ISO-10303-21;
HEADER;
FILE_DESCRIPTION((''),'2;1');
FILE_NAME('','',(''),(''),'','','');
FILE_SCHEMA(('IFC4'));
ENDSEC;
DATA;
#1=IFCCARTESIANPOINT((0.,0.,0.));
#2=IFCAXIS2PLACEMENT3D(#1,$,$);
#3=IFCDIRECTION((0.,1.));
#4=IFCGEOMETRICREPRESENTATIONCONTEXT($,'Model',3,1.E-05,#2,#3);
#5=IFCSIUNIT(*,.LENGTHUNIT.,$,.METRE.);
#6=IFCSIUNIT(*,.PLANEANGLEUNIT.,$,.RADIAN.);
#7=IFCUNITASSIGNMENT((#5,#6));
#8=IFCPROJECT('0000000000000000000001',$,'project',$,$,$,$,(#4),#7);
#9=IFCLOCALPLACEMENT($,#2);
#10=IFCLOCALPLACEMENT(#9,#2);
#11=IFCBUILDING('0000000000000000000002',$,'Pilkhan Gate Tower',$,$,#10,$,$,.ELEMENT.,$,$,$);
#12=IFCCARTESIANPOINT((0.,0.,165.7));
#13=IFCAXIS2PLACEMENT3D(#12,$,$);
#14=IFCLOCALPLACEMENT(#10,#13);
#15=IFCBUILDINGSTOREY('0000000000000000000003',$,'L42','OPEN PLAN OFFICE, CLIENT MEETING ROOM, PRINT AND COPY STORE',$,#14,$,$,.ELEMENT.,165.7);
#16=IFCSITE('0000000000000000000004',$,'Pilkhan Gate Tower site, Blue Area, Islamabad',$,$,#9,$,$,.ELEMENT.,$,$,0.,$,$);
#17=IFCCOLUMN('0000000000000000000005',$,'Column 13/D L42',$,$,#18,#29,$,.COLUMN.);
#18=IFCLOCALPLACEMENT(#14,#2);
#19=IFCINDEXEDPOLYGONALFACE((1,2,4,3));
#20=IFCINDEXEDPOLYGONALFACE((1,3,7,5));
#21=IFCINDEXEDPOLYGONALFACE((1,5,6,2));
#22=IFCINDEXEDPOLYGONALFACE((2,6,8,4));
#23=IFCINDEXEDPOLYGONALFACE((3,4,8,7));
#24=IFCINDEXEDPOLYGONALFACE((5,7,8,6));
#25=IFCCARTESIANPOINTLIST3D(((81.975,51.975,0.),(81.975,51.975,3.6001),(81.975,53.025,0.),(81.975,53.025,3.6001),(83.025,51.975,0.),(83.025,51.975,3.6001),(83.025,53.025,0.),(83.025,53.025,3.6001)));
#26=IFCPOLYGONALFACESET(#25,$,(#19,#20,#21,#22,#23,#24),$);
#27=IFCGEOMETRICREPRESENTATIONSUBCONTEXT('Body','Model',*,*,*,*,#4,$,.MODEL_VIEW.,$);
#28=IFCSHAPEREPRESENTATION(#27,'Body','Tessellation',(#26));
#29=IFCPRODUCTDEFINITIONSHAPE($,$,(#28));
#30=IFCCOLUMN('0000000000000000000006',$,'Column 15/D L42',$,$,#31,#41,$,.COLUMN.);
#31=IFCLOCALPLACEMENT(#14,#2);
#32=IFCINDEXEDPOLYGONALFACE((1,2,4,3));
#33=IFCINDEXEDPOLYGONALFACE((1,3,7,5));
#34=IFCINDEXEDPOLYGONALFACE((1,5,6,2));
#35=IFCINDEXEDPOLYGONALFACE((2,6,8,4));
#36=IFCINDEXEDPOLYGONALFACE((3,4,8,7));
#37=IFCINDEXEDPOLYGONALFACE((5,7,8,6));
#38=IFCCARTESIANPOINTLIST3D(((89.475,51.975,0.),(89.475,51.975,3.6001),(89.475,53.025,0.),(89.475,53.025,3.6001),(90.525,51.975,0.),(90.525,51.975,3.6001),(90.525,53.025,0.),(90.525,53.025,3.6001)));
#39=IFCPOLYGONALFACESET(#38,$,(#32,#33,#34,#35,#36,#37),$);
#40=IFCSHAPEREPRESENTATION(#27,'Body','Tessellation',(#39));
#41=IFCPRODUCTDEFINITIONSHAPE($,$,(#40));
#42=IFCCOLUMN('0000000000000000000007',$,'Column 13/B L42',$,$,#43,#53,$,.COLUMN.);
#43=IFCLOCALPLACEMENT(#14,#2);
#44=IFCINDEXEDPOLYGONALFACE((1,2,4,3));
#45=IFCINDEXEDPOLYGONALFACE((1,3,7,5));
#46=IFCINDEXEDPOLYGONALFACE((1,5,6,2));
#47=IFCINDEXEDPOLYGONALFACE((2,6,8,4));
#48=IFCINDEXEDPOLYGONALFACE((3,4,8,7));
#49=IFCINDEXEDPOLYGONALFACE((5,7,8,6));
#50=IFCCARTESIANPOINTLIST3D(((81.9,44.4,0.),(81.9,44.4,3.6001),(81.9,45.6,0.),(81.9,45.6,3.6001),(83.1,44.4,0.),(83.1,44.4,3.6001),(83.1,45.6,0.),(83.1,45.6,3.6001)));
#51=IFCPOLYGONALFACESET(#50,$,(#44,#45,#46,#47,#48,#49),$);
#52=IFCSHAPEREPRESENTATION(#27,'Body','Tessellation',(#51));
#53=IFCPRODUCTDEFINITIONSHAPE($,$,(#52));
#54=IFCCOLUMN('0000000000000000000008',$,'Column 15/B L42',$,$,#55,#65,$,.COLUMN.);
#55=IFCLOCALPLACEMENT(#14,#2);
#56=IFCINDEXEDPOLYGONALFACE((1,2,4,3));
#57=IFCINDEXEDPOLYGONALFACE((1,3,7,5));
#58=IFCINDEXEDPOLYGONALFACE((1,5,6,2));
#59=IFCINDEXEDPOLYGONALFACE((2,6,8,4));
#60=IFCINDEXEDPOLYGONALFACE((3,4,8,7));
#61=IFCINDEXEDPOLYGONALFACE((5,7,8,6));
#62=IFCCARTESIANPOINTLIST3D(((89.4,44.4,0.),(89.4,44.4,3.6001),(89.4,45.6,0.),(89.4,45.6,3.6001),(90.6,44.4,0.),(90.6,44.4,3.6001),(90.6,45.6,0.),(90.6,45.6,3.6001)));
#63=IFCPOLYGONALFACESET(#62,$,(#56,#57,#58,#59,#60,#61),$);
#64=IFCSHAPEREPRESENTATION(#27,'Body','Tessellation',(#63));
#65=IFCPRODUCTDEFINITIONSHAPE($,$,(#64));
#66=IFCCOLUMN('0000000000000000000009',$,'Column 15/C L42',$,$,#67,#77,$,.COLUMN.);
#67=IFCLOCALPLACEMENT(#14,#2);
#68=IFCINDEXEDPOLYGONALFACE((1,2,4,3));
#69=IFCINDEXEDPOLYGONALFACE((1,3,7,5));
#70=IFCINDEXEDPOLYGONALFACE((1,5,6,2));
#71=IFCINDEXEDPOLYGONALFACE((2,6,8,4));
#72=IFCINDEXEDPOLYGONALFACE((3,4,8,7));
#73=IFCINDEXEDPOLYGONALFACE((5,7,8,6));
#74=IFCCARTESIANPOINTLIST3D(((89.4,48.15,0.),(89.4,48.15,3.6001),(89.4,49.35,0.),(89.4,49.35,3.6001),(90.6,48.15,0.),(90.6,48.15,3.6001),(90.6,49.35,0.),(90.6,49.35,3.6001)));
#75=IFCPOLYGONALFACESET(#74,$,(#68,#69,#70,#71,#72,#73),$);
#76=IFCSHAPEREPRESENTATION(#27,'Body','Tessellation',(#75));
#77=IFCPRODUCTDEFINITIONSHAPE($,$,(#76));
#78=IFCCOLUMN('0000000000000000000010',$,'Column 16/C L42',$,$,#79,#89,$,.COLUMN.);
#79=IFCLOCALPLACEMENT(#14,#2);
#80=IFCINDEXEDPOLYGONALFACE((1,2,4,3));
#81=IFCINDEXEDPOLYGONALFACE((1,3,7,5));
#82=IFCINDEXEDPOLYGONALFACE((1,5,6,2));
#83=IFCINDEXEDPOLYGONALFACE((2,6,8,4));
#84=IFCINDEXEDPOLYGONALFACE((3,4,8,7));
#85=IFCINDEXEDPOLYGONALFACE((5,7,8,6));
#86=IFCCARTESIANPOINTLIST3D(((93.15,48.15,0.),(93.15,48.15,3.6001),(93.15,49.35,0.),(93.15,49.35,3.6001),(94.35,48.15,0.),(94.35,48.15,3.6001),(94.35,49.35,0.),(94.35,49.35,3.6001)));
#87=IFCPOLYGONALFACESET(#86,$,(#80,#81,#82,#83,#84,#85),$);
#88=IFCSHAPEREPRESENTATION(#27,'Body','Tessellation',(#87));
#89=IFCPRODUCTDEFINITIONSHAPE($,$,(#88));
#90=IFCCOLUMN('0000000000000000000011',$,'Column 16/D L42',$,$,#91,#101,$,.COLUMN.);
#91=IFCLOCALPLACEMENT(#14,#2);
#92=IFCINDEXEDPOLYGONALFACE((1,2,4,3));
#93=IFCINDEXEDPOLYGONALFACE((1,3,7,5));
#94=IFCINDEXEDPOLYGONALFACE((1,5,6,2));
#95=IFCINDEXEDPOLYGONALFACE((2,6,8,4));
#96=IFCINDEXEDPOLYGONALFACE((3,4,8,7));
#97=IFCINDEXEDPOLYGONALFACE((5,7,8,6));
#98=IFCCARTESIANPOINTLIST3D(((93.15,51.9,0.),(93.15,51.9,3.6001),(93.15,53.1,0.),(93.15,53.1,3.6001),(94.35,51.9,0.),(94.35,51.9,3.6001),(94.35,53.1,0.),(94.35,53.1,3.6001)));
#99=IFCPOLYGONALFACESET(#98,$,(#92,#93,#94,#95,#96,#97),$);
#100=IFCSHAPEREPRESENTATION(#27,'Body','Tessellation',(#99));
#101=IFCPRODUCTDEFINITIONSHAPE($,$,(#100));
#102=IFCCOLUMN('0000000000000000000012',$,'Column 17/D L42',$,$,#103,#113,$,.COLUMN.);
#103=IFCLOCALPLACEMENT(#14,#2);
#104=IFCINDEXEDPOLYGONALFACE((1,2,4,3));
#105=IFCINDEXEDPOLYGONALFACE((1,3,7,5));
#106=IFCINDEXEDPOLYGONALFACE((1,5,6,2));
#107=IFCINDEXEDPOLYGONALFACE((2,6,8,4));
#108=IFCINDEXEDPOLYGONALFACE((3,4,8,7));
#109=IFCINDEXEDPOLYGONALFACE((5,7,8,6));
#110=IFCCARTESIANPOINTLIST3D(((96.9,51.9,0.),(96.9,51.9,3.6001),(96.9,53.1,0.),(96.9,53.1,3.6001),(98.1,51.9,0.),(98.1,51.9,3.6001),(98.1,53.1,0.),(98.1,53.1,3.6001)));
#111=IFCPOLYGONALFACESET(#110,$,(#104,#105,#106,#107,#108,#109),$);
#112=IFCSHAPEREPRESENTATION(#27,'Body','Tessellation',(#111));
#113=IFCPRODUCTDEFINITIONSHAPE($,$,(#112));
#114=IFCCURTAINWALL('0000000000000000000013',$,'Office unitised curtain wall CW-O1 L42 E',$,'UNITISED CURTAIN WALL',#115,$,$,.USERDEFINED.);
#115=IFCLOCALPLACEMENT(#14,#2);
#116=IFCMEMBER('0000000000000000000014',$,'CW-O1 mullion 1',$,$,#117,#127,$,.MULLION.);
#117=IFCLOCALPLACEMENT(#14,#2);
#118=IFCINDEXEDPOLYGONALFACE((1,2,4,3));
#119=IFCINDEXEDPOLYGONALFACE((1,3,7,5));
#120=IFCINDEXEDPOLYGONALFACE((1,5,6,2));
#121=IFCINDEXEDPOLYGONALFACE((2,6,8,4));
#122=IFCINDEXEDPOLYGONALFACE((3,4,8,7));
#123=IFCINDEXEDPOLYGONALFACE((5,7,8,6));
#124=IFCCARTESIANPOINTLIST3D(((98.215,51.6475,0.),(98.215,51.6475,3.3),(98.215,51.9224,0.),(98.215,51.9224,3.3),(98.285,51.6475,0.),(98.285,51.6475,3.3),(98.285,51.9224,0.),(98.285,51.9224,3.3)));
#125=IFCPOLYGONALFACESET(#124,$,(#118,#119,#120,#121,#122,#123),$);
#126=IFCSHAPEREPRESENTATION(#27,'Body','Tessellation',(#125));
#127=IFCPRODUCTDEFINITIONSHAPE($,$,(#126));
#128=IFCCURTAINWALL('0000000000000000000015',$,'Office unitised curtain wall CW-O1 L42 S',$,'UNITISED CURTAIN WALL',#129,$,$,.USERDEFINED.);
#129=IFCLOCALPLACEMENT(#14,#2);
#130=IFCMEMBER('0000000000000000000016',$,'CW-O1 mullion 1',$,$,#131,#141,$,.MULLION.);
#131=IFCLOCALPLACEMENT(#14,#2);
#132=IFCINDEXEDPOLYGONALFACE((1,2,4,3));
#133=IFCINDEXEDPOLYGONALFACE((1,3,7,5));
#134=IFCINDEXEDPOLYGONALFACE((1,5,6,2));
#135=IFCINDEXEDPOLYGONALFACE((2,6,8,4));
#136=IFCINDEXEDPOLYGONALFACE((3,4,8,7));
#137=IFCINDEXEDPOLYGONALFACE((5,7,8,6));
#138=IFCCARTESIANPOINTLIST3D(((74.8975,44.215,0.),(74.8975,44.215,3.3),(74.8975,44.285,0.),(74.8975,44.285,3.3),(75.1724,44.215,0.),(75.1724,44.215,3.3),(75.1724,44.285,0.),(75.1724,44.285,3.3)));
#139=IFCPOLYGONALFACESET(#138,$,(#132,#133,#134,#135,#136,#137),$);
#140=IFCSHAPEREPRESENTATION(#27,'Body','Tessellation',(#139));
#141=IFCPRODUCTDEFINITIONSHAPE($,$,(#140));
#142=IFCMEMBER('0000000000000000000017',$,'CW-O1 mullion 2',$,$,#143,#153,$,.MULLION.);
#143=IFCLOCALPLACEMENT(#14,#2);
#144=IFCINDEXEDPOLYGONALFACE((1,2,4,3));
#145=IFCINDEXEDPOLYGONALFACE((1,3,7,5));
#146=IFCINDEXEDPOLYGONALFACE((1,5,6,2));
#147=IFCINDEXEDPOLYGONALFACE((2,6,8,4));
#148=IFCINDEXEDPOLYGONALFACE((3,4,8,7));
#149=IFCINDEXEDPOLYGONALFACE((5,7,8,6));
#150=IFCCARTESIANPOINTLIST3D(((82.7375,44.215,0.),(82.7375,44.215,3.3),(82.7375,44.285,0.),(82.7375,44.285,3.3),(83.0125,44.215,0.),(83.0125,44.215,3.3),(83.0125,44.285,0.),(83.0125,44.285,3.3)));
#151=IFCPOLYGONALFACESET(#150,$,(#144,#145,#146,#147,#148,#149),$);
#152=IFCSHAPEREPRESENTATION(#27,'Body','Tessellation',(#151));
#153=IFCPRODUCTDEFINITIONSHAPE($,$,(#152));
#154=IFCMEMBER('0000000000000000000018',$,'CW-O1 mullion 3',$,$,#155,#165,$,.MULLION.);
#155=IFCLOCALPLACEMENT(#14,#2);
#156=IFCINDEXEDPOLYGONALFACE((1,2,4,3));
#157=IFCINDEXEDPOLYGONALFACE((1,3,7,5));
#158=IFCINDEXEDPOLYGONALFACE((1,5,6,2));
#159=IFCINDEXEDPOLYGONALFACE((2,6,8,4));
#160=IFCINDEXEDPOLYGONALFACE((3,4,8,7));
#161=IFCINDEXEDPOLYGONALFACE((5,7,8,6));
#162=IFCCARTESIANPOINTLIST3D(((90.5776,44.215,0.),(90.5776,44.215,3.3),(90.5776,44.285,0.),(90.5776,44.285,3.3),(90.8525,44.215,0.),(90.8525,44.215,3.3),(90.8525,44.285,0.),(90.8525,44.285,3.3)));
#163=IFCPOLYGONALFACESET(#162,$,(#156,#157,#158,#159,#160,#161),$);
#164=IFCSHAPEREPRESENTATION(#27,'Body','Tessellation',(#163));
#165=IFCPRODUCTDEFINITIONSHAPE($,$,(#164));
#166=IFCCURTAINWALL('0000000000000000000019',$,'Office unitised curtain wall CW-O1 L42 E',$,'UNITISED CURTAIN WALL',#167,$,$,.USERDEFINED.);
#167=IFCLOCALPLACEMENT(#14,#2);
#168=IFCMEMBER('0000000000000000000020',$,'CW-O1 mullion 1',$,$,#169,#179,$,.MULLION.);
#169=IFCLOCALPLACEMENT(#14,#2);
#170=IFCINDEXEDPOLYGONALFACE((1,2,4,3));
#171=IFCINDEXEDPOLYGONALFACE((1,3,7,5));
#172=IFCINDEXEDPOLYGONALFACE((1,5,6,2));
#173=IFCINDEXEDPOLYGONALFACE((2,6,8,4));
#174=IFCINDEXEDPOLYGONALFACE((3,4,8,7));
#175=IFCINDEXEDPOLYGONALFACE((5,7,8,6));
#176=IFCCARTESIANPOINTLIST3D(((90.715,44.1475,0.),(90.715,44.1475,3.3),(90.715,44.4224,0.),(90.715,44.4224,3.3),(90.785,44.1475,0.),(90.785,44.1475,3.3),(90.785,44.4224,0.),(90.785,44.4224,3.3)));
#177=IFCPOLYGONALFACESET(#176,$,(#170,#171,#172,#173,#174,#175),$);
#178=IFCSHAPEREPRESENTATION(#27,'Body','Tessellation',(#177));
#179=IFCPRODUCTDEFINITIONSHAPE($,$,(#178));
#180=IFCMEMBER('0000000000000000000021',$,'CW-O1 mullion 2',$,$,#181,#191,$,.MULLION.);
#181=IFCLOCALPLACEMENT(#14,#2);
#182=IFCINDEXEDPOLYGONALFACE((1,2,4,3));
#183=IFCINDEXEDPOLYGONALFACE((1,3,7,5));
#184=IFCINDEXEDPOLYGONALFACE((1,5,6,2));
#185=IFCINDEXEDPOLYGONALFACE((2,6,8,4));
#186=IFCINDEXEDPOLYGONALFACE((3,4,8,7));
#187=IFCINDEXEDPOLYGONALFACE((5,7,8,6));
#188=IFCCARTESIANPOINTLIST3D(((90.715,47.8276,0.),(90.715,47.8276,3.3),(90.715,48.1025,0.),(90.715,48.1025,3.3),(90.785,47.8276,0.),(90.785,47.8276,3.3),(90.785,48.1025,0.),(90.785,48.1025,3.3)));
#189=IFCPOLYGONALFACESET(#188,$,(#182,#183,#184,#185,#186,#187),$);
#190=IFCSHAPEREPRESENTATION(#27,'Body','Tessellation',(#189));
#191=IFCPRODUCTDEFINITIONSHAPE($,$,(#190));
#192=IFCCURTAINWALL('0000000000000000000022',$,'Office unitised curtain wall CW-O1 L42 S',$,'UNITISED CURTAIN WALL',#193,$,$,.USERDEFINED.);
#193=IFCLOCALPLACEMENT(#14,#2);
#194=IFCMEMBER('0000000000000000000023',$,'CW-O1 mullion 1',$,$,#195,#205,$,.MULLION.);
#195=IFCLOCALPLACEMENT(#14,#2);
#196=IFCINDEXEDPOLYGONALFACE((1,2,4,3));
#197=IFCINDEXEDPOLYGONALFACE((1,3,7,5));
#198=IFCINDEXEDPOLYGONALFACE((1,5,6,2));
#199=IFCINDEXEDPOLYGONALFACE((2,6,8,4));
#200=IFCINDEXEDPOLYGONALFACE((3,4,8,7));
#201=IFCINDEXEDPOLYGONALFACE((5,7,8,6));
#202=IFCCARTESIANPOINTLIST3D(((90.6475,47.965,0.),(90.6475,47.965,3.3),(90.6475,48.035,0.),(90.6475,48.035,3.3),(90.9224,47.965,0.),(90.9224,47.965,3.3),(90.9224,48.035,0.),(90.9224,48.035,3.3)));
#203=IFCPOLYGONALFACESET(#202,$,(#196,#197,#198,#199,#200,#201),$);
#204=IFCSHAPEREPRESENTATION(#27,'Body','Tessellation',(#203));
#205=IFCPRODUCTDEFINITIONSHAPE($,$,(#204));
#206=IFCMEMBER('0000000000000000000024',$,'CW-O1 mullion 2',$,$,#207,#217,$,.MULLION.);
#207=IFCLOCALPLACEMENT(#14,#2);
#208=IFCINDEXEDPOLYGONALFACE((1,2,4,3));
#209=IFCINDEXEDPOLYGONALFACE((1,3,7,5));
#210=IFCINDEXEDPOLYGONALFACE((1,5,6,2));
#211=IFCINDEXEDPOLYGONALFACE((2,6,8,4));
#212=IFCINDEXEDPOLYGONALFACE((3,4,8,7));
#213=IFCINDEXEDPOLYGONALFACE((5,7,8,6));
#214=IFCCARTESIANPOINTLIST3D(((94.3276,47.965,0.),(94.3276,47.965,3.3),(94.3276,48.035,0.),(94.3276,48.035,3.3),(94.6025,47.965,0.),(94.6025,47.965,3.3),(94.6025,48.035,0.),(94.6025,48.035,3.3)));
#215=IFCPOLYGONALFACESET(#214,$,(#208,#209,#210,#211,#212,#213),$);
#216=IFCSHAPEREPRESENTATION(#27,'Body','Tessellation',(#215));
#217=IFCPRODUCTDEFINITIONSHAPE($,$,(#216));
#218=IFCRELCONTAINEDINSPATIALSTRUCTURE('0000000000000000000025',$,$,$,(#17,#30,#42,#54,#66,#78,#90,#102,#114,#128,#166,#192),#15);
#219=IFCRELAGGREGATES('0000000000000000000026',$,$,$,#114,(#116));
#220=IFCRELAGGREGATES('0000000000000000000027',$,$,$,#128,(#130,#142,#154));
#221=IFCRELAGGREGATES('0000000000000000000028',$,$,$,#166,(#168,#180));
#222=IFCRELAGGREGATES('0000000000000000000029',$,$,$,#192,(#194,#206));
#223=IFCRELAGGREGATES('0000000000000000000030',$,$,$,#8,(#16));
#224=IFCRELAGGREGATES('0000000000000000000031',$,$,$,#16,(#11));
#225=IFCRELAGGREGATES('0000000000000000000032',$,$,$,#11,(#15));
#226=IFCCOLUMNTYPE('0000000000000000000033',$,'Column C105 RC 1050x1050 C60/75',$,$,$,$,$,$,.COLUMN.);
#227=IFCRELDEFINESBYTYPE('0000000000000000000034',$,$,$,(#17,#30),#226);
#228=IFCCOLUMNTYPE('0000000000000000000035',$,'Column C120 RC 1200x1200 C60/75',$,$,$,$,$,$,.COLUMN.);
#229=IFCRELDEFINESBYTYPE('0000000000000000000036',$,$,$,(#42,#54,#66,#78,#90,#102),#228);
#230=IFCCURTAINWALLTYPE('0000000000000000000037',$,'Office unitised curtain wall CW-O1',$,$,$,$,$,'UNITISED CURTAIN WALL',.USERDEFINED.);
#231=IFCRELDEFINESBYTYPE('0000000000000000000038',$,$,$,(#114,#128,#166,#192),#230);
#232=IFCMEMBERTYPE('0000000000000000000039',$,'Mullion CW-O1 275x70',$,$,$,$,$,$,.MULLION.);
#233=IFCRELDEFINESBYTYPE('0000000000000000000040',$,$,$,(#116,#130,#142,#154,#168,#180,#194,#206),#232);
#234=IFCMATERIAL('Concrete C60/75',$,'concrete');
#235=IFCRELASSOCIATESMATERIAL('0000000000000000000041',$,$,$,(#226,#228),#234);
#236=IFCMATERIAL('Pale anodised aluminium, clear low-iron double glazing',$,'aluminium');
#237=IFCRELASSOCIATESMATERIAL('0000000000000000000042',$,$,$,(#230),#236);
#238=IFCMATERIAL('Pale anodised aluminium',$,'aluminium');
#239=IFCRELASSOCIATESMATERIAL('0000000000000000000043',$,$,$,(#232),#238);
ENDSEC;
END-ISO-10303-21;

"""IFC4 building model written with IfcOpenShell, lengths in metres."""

from ifc_helpers import new_model, si_unit, direction, frame, origin, origin_2d, place, context, subcontext, project, spatial, rectangle, extrude, material, material_profile, profile_set, type_object, element, aggregate, save


model = new_model("IFC4")

# Units and contexts
model_context = context("Model", 3, precision=1e-05, world=origin(), true_north=direction((0.0, 1.0)))
body_context = subcontext(model_context, "Body", "Model", "MODEL_VIEW")
ifc_project = project(units=[si_unit("LENGTHUNIT", "METRE"), si_unit("PLANEANGLEUNIT", "RADIAN")], contexts=[model_context])

# Site, building, storey
site_placement = place(None, origin())
site = spatial("IfcSite", under=ifc_project, at=site_placement, Name="Pilkhan Gate Tower site, Blue Area, Islamabad", CompositionType="ELEMENT", RefElevation=0.0)
building_placement = place(site_placement, origin())
building = spatial("IfcBuilding", under=site, at=building_placement, Name="Pilkhan Gate Tower", CompositionType="ELEMENT")
storey_placement = place(building_placement, frame((0.0, 0.0, 165.7)))
storey = spatial("IfcBuildingStorey", under=building, at=storey_placement, Name="L42", Description="OPEN PLAN OFFICE, CLIENT MEETING ROOM, PRINT AND COPY STORE", CompositionType="ELEMENT", Elevation=165.7)

# Columns
ifc_material_1 = material(Name="Concrete C60/75", Category="concrete")
ifc_material_profile_1 = material_profile(ifc_material_1, rectangle(XDim=1.05, YDim=1.05, at=origin_2d()), Name="RC 1050x1050")
ifc_profile_set_1 = profile_set([ifc_material_profile_1], Name="Concrete C60/75")
column_type_1 = type_object("IfcColumnType", Name="Column C105 RC 1050x1050 C60/75", PredefinedType="COLUMN", material=ifc_profile_set_1)
for number, where, z_axis, x_axis, name in (
    (1, (82.5, 52.5, 0.0), (0.0, 0.0, 1.0), (1.0, 0.0, 0.0), "Column 13/D L42"),
    (2, (90.0, 52.5, 0.0), (0.0, 0.0, 1.0), (1.0, 0.0, 0.0), "Column 15/D L42"),
):
    element("IfcColumn", number, at=place(storey_placement, frame(where, z_axis=z_axis, x_axis=x_axis)), inside=storey, type_object=column_type_1, Name=name, PredefinedType="COLUMN", context=body_context, shape_type="SweptSolid", body=[
        extrude(rectangle(XDim=1.05, YDim=1.05, at=origin_2d()), origin(), (0.0, 0.0, 1.0), 3.6001),
    ])
ifc_material_profile_2 = material_profile(ifc_material_1, rectangle(XDim=1.2, YDim=1.2, at=origin_2d()), Name="RC 1200x1200")
ifc_profile_set_2 = profile_set([ifc_material_profile_2], Name="Concrete C60/75")
column_type_2 = type_object("IfcColumnType", Name="Column C120 RC 1200x1200 C60/75", PredefinedType="COLUMN", material=ifc_profile_set_2)
for number, where, z_axis, x_axis, name in (
    (3, (82.5, 45.0, 0.0), (0.0, 0.0, 1.0), (1.0, 0.0, 0.0), "Column 13/B L42"),
    (4, (90.0, 45.0, 0.0), (0.0, 0.0, 1.0), (1.0, 0.0, 0.0), "Column 15/B L42"),
    (5, (90.0, 48.75, 0.0), (0.0, 0.0, 1.0), (1.0, 0.0, 0.0), "Column 15/C L42"),
    (6, (93.75, 48.75, 0.0), (0.0, 0.0, 1.0), (1.0, 0.0, 0.0), "Column 16/C L42"),
    (7, (93.75, 52.5, 0.0), (0.0, 0.0, 1.0), (1.0, 0.0, 0.0), "Column 16/D L42"),
    (8, (97.5, 52.5, 0.0), (0.0, 0.0, 1.0), (1.0, 0.0, 0.0), "Column 17/D L42"),
):
    element("IfcColumn", number, at=place(storey_placement, frame(where, z_axis=z_axis, x_axis=x_axis)), inside=storey, type_object=column_type_2, Name=name, PredefinedType="COLUMN", context=body_context, shape_type="SweptSolid", body=[
        extrude(rectangle(XDim=1.2, YDim=1.2, at=origin_2d()), origin(), (0.0, 0.0, 1.0), 3.6001),
    ])

# Curtain wall, member
ifc_material_2 = material(Name="Pale anodised aluminium, clear low-iron double glazing", Category="aluminium")
curtain_wall_type = type_object("IfcCurtainWallType", Name="Office unitised curtain wall CW-O1", ElementType="UNITISED CURTAIN WALL", PredefinedType="USERDEFINED", material=ifc_material_2)
curtain_wall_1_placement = place(storey_placement, origin())
curtain_wall_1 = element("IfcCurtainWall", 9, at=curtain_wall_1_placement, inside=storey, type_object=curtain_wall_type, Name="Office unitised curtain wall CW-O1 L42 E", ObjectType="UNITISED CURTAIN WALL", PredefinedType="USERDEFINED")
ifc_material_3 = material(Name="Pale anodised aluminium", Category="aluminium")
ifc_material_profile_3 = material_profile(ifc_material_3, rectangle(XDim=0.0701, YDim=0.2749, at=origin_2d()), Name="Mullion 275x70")
ifc_profile_set_3 = profile_set([ifc_material_profile_3], Name="Pale anodised aluminium")
member_type_1 = type_object("IfcMemberType", Name="Mullion CW-O1 275x70", PredefinedType="MULLION", material=ifc_profile_set_3)
member_1_placement = place(storey_placement, frame((98.25, 51.7849, 0.0), z_axis=(0.0, 0.0, 1.0), x_axis=(-1.0, 0.0, 0.0)))
member_1 = element("IfcMember", 10, at=member_1_placement, type_object=member_type_1, Name="CW-O1 mullion 1", PredefinedType="MULLION", context=body_context, shape_type="SweptSolid", body=[
    extrude(rectangle(XDim=0.0701, YDim=0.2749, at=origin_2d()), origin(), (0.0, 0.0, 1.0), 3.3),
])

# Curtain walls, members
curtain_wall_2_placement = place(storey_placement, origin())
curtain_wall_2 = element("IfcCurtainWall", 11, at=curtain_wall_2_placement, inside=storey, type_object=curtain_wall_type, Name="Office unitised curtain wall CW-O1 L42 S", ObjectType="UNITISED CURTAIN WALL", PredefinedType="USERDEFINED")
member_2_placement = place(storey_placement, frame((75.0349, 44.25, 0.0), z_axis=(0.0, 0.0, 1.0), x_axis=(0.0, 1.0, 0.0)))
member_2 = element("IfcMember", 12, at=member_2_placement, type_object=member_type_1, Name="CW-O1 mullion 1", PredefinedType="MULLION", context=body_context, shape_type="SweptSolid", body=[
    extrude(rectangle(XDim=0.0701, YDim=0.2749, at=origin_2d()), origin(), (0.0, 0.0, 1.0), 3.3),
])
member_3_placement = place(storey_placement, frame((82.875, 44.25, 0.0), z_axis=(0.0, 0.0, 1.0), x_axis=(0.0, 1.0, 0.0)))
member_3 = element("IfcMember", 13, at=member_3_placement, type_object=member_type_1, Name="CW-O1 mullion 2", PredefinedType="MULLION", context=body_context, shape_type="SweptSolid", body=[
    extrude(rectangle(XDim=0.0701, YDim=0.2749, at=origin_2d()), origin(), (0.0, 0.0, 1.0), 3.3),
])
member_4_placement = place(storey_placement, frame((90.7151, 44.25, 0.0), z_axis=(0.0, 0.0, 1.0), x_axis=(0.0, 1.0, 0.0)))
member_4 = element("IfcMember", 14, at=member_4_placement, type_object=member_type_1, Name="CW-O1 mullion 3", PredefinedType="MULLION", context=body_context, shape_type="SweptSolid", body=[
    extrude(rectangle(XDim=0.0701, YDim=0.2749, at=origin_2d()), origin(), (0.0, 0.0, 1.0), 3.3),
])
curtain_wall_3_placement = place(storey_placement, origin())
curtain_wall_3 = element("IfcCurtainWall", 15, at=curtain_wall_3_placement, inside=storey, type_object=curtain_wall_type, Name="Office unitised curtain wall CW-O1 L42 E", ObjectType="UNITISED CURTAIN WALL", PredefinedType="USERDEFINED")
member_5_placement = place(storey_placement, frame((90.75, 44.2849, 0.0), z_axis=(0.0, 0.0, 1.0), x_axis=(-1.0, 0.0, 0.0)))
member_5 = element("IfcMember", 16, at=member_5_placement, type_object=member_type_1, Name="CW-O1 mullion 1", PredefinedType="MULLION", context=body_context, shape_type="SweptSolid", body=[
    extrude(rectangle(XDim=0.0701, YDim=0.2749, at=origin_2d()), origin(), (0.0, 0.0, 1.0), 3.3),
])
member_6_placement = place(storey_placement, frame((90.75, 47.9651, 0.0), z_axis=(0.0, 0.0, 1.0), x_axis=(-1.0, 0.0, 0.0)))
member_6 = element("IfcMember", 17, at=member_6_placement, type_object=member_type_1, Name="CW-O1 mullion 2", PredefinedType="MULLION", context=body_context, shape_type="SweptSolid", body=[
    extrude(rectangle(XDim=0.0701, YDim=0.2749, at=origin_2d()), origin(), (0.0, 0.0, 1.0), 3.3),
])
curtain_wall_4_placement = place(storey_placement, origin())
curtain_wall_4 = element("IfcCurtainWall", 18, at=curtain_wall_4_placement, inside=storey, type_object=curtain_wall_type, Name="Office unitised curtain wall CW-O1 L42 S", ObjectType="UNITISED CURTAIN WALL", PredefinedType="USERDEFINED")
member_7_placement = place(storey_placement, frame((90.7849, 48.0, 0.0), z_axis=(0.0, 0.0, 1.0), x_axis=(0.0, 1.0, 0.0)))
member_7 = element("IfcMember", 19, at=member_7_placement, type_object=member_type_1, Name="CW-O1 mullion 1", PredefinedType="MULLION", context=body_context, shape_type="SweptSolid", body=[
    extrude(rectangle(XDim=0.0701, YDim=0.2749, at=origin_2d()), origin(), (0.0, 0.0, 1.0), 3.3),
])
member_8_placement = place(storey_placement, frame((94.4651, 48.0, 0.0), z_axis=(0.0, 0.0, 1.0), x_axis=(0.0, 1.0, 0.0)))
member_8 = element("IfcMember", 20, at=member_8_placement, type_object=member_type_1, Name="CW-O1 mullion 2", PredefinedType="MULLION", context=body_context, shape_type="SweptSolid", body=[
    extrude(rectangle(XDim=0.0701, YDim=0.2749, at=origin_2d()), origin(), (0.0, 0.0, 1.0), 3.3),
])

aggregate(curtain_wall_1, [member_1])
aggregate(curtain_wall_2, [member_2, member_3, member_4])
aggregate(curtain_wall_3, [member_5, member_6])
aggregate(curtain_wall_4, [member_7, member_8])

save(model, "model.ifc")
